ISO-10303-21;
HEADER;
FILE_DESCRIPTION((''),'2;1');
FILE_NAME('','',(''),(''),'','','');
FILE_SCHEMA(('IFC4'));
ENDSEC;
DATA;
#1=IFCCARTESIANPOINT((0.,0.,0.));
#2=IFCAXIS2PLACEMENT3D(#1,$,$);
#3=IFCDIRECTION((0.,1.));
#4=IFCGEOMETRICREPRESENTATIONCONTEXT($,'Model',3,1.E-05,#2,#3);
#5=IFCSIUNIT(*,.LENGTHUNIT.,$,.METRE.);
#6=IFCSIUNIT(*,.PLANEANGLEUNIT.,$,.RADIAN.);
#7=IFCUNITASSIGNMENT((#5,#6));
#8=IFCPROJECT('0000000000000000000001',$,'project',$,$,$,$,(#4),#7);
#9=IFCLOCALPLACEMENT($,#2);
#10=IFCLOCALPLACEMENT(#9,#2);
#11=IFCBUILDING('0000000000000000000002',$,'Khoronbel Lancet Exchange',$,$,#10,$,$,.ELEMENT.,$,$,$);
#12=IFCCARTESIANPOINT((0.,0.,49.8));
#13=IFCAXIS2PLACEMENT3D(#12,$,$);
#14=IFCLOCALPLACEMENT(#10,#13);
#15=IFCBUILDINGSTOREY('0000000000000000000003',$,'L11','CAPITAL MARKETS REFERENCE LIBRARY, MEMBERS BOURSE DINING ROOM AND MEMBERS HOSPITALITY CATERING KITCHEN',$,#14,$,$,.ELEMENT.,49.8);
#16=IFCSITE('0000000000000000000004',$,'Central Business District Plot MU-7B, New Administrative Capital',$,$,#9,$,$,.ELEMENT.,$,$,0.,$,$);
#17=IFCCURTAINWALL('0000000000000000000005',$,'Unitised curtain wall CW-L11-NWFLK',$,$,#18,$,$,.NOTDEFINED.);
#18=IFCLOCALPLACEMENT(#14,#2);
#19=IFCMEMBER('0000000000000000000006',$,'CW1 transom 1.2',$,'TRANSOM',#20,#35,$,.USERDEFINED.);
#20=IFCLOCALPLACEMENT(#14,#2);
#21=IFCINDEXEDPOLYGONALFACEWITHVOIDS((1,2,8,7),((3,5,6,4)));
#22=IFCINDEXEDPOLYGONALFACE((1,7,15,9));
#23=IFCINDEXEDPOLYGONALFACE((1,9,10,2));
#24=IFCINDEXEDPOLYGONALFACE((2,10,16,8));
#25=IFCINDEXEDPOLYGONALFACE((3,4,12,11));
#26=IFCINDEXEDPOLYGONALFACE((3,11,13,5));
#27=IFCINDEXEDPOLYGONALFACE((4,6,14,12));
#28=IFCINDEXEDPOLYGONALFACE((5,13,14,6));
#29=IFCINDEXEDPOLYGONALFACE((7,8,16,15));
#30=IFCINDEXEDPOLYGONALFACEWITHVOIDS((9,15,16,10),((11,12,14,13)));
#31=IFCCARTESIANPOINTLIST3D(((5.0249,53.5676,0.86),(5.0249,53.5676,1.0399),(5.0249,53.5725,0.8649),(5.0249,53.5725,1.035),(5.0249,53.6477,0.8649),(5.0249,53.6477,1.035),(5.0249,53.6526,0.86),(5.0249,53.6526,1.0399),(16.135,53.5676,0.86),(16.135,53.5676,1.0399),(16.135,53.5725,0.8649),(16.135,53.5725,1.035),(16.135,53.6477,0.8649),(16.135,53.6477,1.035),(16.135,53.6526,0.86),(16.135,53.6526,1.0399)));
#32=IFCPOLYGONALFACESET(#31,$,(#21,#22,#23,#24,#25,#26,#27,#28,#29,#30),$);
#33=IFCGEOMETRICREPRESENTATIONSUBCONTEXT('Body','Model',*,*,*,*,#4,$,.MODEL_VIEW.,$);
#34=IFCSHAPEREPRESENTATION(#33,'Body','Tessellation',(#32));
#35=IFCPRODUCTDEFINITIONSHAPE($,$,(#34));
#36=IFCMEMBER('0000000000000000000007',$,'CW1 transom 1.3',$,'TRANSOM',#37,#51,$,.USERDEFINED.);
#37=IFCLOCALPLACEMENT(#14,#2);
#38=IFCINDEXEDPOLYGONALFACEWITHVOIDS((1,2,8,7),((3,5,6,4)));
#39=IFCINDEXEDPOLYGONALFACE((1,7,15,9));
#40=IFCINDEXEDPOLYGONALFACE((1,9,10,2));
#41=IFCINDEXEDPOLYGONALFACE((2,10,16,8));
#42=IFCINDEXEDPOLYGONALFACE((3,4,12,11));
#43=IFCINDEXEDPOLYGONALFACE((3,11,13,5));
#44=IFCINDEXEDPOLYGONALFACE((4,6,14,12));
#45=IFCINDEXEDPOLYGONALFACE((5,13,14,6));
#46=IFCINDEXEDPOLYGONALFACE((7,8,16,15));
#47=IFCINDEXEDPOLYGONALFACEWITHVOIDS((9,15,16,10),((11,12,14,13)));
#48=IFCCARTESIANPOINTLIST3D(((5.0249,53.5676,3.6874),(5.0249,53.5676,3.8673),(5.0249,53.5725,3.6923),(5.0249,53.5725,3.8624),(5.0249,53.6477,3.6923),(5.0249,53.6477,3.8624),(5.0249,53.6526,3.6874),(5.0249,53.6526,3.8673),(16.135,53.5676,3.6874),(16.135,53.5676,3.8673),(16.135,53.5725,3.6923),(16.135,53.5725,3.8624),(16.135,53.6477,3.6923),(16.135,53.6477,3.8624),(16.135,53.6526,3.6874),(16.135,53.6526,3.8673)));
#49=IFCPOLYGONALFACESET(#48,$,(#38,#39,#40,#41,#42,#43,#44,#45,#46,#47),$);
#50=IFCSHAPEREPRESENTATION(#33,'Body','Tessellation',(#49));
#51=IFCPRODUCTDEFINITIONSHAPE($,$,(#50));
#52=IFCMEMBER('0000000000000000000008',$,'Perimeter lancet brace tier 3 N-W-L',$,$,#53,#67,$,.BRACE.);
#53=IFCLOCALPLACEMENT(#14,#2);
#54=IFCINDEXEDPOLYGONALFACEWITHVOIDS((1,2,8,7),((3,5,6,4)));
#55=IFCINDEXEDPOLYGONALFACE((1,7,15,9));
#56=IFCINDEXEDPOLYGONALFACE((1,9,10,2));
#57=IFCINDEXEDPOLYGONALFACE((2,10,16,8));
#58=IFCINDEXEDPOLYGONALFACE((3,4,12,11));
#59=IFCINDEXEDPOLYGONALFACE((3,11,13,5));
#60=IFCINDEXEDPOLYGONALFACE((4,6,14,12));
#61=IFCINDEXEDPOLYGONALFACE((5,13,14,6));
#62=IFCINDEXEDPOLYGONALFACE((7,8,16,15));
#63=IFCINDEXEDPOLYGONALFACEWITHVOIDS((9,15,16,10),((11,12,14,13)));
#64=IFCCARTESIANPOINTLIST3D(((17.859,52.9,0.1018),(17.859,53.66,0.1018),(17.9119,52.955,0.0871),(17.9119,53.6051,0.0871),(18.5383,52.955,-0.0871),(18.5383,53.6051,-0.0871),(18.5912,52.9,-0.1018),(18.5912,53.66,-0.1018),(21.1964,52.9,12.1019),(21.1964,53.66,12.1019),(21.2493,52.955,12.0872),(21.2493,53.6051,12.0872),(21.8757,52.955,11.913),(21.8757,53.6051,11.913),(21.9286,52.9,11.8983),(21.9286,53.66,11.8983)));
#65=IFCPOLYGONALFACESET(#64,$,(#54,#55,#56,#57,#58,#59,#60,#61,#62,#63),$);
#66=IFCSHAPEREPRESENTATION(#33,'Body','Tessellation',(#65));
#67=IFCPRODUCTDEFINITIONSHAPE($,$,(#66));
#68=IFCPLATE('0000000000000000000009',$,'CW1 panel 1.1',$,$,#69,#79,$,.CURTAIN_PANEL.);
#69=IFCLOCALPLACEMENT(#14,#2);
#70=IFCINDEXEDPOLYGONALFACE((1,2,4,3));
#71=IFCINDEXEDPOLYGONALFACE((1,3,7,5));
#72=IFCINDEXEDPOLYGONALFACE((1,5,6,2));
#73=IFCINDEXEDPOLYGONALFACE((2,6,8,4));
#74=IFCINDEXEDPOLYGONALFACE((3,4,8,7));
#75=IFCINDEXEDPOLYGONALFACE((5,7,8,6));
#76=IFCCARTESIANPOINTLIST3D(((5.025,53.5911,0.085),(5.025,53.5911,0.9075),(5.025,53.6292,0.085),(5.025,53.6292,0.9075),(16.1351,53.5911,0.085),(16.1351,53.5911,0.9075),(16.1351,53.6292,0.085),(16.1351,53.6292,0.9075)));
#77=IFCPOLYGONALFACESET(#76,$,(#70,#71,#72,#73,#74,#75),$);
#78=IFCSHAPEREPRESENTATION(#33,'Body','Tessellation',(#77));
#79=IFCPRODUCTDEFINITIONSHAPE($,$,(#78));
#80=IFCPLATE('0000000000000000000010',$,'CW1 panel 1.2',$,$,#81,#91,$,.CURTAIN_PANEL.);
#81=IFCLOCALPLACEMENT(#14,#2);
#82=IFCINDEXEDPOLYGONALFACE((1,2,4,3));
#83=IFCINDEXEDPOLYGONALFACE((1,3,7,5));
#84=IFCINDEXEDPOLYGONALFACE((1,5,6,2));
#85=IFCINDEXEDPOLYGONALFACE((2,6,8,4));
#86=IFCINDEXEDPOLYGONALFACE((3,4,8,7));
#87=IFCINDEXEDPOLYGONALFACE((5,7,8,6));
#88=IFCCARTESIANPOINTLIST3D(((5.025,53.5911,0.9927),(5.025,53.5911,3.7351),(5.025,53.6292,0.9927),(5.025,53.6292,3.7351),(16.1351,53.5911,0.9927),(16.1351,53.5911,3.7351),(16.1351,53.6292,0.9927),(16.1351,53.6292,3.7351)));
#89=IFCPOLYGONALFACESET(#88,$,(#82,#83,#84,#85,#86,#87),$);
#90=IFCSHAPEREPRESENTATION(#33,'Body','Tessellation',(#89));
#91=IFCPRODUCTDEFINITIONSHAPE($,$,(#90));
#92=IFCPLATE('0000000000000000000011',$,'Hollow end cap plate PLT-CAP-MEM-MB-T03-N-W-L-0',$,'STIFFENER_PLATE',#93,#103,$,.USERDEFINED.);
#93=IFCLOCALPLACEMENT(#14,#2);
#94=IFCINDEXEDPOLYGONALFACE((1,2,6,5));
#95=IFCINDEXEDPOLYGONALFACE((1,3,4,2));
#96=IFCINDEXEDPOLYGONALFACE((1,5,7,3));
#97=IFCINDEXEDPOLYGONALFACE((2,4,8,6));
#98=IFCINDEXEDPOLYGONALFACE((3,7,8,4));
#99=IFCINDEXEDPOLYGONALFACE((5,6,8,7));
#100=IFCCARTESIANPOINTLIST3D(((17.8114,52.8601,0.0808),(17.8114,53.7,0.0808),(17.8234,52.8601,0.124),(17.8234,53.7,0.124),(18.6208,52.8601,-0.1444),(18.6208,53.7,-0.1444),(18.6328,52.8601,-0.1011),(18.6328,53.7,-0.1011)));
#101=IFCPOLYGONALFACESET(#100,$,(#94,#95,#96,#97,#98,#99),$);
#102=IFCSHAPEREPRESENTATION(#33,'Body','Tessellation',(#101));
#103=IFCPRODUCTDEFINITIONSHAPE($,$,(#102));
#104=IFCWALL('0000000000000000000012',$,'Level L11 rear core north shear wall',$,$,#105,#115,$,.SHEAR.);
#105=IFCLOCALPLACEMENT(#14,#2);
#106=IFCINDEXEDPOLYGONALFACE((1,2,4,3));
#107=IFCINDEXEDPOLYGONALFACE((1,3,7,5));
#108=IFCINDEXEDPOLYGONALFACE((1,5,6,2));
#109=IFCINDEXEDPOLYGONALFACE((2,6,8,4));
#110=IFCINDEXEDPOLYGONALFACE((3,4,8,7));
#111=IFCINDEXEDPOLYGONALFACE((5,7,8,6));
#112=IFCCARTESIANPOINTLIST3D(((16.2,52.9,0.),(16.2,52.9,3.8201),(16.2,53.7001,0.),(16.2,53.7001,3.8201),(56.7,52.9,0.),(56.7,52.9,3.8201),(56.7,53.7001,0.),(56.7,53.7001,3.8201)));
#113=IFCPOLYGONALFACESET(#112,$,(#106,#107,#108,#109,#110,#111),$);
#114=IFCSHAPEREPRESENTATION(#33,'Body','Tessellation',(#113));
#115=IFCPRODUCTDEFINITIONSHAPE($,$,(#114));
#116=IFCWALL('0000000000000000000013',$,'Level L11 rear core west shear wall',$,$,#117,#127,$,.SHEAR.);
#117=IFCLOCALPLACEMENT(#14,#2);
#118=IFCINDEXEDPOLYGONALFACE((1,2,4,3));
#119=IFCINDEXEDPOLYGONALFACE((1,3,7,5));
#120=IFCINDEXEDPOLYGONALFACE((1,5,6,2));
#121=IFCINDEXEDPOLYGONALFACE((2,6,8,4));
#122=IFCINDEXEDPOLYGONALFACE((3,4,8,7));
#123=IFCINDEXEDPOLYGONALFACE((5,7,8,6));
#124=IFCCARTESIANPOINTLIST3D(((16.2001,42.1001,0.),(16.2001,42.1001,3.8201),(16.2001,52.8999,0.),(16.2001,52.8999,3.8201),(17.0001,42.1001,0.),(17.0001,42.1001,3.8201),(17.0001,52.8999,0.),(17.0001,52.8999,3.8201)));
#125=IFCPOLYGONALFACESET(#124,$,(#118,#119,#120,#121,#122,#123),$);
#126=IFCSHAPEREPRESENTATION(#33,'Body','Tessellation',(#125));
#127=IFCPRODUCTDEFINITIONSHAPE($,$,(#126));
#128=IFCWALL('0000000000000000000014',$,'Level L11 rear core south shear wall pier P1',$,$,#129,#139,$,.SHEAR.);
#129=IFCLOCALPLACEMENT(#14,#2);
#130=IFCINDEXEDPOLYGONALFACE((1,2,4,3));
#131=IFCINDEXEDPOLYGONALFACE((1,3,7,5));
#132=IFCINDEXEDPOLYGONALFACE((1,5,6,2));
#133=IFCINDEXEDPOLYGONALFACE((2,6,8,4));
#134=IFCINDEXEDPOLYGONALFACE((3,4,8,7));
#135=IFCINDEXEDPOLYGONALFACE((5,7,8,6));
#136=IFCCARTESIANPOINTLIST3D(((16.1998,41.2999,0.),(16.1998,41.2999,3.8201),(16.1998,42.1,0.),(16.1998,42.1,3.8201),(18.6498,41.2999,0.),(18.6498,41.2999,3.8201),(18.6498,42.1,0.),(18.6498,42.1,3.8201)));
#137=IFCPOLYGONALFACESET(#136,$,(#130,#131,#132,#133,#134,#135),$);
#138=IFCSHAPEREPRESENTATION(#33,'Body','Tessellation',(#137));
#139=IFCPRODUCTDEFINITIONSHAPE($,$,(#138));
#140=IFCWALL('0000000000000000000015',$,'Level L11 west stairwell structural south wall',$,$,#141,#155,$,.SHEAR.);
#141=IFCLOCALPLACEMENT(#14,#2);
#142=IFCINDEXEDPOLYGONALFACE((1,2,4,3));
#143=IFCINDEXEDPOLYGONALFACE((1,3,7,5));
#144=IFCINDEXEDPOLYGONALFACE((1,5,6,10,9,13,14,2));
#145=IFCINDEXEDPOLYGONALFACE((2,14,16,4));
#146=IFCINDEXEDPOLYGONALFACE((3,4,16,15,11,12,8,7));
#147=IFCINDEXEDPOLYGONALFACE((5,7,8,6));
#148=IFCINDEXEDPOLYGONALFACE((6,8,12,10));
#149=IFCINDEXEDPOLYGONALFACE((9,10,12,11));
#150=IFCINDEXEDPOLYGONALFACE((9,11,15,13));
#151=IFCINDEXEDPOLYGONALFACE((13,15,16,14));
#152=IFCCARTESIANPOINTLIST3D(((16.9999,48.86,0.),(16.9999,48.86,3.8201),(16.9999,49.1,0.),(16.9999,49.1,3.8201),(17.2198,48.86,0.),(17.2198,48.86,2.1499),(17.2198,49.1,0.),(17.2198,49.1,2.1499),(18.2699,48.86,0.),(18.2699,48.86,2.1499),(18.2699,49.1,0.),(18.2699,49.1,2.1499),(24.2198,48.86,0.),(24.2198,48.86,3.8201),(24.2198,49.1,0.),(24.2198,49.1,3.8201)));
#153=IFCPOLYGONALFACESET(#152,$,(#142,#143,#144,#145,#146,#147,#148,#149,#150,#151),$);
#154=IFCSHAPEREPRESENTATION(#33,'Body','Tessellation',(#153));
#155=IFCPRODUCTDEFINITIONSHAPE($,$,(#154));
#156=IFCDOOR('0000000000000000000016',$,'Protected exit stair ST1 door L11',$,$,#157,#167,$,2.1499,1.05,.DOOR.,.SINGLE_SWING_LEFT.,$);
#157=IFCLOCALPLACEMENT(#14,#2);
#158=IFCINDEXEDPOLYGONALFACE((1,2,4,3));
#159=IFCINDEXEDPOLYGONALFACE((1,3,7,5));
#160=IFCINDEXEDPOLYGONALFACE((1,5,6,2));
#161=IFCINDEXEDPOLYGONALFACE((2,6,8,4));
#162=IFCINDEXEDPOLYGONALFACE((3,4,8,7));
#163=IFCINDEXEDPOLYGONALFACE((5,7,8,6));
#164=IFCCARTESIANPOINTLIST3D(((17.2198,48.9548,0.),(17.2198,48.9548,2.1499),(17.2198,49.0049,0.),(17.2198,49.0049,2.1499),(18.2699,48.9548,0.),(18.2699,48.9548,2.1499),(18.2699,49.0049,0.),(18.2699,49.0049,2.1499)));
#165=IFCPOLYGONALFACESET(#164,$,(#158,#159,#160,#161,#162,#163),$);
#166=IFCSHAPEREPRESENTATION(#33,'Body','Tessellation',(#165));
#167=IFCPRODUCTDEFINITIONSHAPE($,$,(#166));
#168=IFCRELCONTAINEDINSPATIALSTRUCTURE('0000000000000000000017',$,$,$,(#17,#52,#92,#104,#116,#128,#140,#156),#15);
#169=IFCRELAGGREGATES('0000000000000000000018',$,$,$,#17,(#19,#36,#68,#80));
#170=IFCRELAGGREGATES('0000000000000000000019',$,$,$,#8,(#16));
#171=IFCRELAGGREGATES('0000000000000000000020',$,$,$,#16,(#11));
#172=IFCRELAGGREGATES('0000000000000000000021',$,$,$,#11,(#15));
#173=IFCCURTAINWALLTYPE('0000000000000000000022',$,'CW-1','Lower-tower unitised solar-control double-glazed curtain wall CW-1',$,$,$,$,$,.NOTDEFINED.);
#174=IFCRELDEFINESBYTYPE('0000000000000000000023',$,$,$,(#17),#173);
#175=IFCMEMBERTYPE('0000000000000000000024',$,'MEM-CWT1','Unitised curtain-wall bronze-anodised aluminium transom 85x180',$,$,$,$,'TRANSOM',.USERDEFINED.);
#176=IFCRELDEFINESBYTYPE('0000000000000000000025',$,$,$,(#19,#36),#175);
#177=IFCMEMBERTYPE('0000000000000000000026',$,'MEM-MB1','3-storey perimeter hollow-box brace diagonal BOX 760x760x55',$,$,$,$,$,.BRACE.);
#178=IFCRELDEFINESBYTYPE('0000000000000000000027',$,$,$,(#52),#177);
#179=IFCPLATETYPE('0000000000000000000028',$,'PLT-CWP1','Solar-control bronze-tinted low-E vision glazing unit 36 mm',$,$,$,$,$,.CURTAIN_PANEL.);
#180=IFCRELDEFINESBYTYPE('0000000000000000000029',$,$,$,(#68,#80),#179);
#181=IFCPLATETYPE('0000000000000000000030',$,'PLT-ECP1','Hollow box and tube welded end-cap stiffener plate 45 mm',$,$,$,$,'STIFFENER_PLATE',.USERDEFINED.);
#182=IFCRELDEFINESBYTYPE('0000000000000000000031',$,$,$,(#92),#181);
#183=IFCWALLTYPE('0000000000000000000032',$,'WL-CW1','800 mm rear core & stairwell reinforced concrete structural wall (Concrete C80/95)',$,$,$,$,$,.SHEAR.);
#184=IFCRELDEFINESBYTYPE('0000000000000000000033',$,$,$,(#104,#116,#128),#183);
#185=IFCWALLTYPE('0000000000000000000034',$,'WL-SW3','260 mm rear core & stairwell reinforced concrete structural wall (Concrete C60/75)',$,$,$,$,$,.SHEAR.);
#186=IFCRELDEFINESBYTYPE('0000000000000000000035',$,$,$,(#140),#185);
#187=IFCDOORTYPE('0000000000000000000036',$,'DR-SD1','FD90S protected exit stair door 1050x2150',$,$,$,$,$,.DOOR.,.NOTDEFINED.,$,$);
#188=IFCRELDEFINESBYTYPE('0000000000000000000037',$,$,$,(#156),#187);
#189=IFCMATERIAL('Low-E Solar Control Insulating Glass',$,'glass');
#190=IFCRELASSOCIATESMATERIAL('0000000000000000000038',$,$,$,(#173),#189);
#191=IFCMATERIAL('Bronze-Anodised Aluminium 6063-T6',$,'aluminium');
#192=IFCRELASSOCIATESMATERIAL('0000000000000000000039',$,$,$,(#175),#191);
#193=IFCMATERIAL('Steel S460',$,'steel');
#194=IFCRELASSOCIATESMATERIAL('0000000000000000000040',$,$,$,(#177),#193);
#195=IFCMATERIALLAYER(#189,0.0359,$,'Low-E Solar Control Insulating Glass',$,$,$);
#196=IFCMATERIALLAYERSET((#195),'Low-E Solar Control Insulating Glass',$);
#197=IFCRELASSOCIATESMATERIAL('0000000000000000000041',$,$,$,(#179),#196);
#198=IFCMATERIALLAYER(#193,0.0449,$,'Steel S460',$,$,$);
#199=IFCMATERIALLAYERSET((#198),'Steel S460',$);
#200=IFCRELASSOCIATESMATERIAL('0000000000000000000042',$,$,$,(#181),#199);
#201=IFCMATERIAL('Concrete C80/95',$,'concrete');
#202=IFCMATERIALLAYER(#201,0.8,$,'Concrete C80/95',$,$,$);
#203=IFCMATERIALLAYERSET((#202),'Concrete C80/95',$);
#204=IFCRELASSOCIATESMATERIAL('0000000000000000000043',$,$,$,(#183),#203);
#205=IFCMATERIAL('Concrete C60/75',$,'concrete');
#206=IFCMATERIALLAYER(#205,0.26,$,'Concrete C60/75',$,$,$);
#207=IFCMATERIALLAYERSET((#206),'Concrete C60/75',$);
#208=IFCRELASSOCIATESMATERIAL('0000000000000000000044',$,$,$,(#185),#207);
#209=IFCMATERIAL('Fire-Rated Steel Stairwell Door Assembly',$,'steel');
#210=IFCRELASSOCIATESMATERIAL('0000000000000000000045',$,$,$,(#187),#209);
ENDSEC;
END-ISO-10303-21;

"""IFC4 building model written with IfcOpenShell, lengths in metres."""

from ifc_helpers import new_model, si_unit, direction, frame, frame_2d, origin, origin_2d, place, context, subcontext, project, spatial, polyline, rectangle, hollow_rectangle, outline, extrude, material, layer, layer_set, material_profile, profile_set, type_object, element, fill, aggregate, save


model = new_model("IFC4")

# Units and contexts
model_context = context("Model", 3, precision=1e-05, world=origin(), true_north=direction((0.0, 1.0)))
body_context = subcontext(model_context, "Body", "Model", "MODEL_VIEW")
ifc_project = project(units=[si_unit("LENGTHUNIT", "METRE"), si_unit("PLANEANGLEUNIT", "RADIAN")], contexts=[model_context])

# Site, building, storey
site_placement = place(None, origin())
site = spatial("IfcSite", under=ifc_project, at=site_placement, Name="Central Business District Plot MU-7B, New Administrative Capital", CompositionType="ELEMENT", RefElevation=0.0)
building_placement = place(site_placement, origin())
building = spatial("IfcBuilding", under=site, at=building_placement, Name="Khoronbel Lancet Exchange", CompositionType="ELEMENT")
storey_placement = place(building_placement, frame((0.0, 0.0, 49.8)))
storey = spatial("IfcBuildingStorey", under=building, at=storey_placement, Name="L11", Description="CAPITAL MARKETS REFERENCE LIBRARY, MEMBERS BOURSE DINING ROOM AND MEMBERS HOSPITALITY CATERING KITCHEN", CompositionType="ELEMENT", Elevation=49.8)

# Shared definitions
ifc_material_1 = material(Name="Steel S460", Category="steel")

# Curtain wall, members
ifc_material_2 = material(Name="Low-E Solar Control Insulating Glass", Category="glass")
curtain_wall_type = type_object("IfcCurtainWallType", Name="CW-1", Description="Lower-tower unitised solar-control double-glazed curtain wall CW-1", PredefinedType="NOTDEFINED", material=ifc_material_2)
curtain_wall_placement = place(storey_placement, origin())
curtain_wall = element("IfcCurtainWall", 1, at=curtain_wall_placement, inside=storey, type_object=curtain_wall_type, Name="Unitised curtain wall CW-L11-NWFLK", PredefinedType="NOTDEFINED")
ifc_material_3 = material(Name="Bronze-Anodised Aluminium 6063-T6", Category="aluminium")
ifc_material_profile_1 = material_profile(ifc_material_3, hollow_rectangle(XDim=0.085, YDim=0.1799, WallThickness=0.0049, at=origin_2d()), Name="ALU TRANSOM 85x180")
ifc_profile_set_1 = profile_set([ifc_material_profile_1], Name="Bronze-Anodised Aluminium 6063-T6")
member_type_1 = type_object("IfcMemberType", Name="MEM-CWT1", Description="Unitised curtain-wall bronze-anodised aluminium transom 85x180", ElementType="TRANSOM", PredefinedType="USERDEFINED", material=ifc_profile_set_1)
member_1_placement = place(storey_placement, frame((16.135, 53.6101, 0.95), z_axis=(-1.0, 0.0, 0.0), x_axis=(0.0, -1.0, 0.0)))
member_1 = element("IfcMember", 2, at=member_1_placement, type_object=member_type_1, Name="CW1 transom 1.2", ObjectType="TRANSOM", PredefinedType="USERDEFINED", context=body_context, shape_type="SweptSolid", body=[
    extrude(hollow_rectangle(XDim=0.085, YDim=0.1799, WallThickness=0.0049, at=origin_2d()), origin(), (0.0, 0.0, 1.0), 11.1101),
])
member_2_placement = place(storey_placement, frame((16.135, 53.6101, 3.7773), z_axis=(-1.0, 0.0, 0.0), x_axis=(0.0, -1.0, 0.0)))
member_2 = element("IfcMember", 3, at=member_2_placement, type_object=member_type_1, Name="CW1 transom 1.3", ObjectType="TRANSOM", PredefinedType="USERDEFINED", context=body_context, shape_type="SweptSolid", body=[
    extrude(hollow_rectangle(XDim=0.085, YDim=0.1799, WallThickness=0.0049, at=origin_2d()), origin(), (0.0, 0.0, 1.0), 11.1101),
])

# Member
ifc_material_profile_2 = material_profile(ifc_material_1, hollow_rectangle(XDim=0.76, YDim=0.76, WallThickness=0.0549, at=origin_2d()), Name="BOX 760x760x55")
ifc_profile_set_2 = profile_set([ifc_material_profile_2], Name="Steel S460")
member_type_2 = type_object("IfcMemberType", Name="MEM-MB1", Description="3-storey perimeter hollow-box brace diagonal BOX 760x760x55", PredefinedType="BRACE", material=ifc_profile_set_2)
member_3_placement = place(storey_placement, frame((18.2251, 53.28, 0.0), z_axis=(0.267947, 0.0, 0.963434), x_axis=(0.0, 1.0, 0.0)))
element("IfcMember", 4, at=member_3_placement, inside=storey, type_object=member_type_2, Name="Perimeter lancet brace tier 3 N-W-L", PredefinedType="BRACE", context=body_context, shape_type="SweptSolid", body=[
    extrude(hollow_rectangle(XDim=0.76, YDim=0.76, WallThickness=0.0549, at=origin_2d()), origin(), (0.0, 0.0, 1.0), 12.4556),
])

# Plates
ifc_layer_1 = layer(ifc_material_2, 0.0359, Name="Low-E Solar Control Insulating Glass")
ifc_layer_set_1 = layer_set([ifc_layer_1], Name="Low-E Solar Control Insulating Glass")
plate_type_1 = type_object("IfcPlateType", Name="PLT-CWP1", Description="Solar-control bronze-tinted low-E vision glazing unit 36 mm", PredefinedType="CURTAIN_PANEL", material=ifc_layer_set_1)
plate_1_placement = place(storey_placement, frame((10.5801, 53.6101, 0.085), z_axis=(0.0, 0.0, 1.0), x_axis=(-1.0, 0.0, 0.0)))
plate_1 = element("IfcPlate", 5, at=plate_1_placement, type_object=plate_type_1, Name="CW1 panel 1.1", PredefinedType="CURTAIN_PANEL", context=body_context, shape_type="SweptSolid", body=[
    extrude(rectangle(XDim=11.1101, YDim=0.0381, at=origin_2d()), origin(), (0.0, 0.0, 1.0), 0.8225),
])
plate_2_placement = place(storey_placement, frame((10.5801, 53.6101, 0.9927), z_axis=(0.0, 0.0, 1.0), x_axis=(-1.0, 0.0, 0.0)))
plate_2 = element("IfcPlate", 6, at=plate_2_placement, type_object=plate_type_1, Name="CW1 panel 1.2", PredefinedType="CURTAIN_PANEL", context=body_context, shape_type="SweptSolid", body=[
    extrude(rectangle(XDim=11.1101, YDim=0.0381, at=origin_2d()), origin(), (0.0, 0.0, 1.0), 2.7424),
])
aggregate(curtain_wall, [member_1, member_2, plate_1, plate_2])
ifc_layer_2 = layer(ifc_material_1, 0.0449, Name="Steel S460")
ifc_layer_set_2 = layer_set([ifc_layer_2], Name="Steel S460")
plate_type_2 = type_object("IfcPlateType", Name="PLT-ECP1", Description="Hollow box and tube welded end-cap stiffener plate 45 mm", ElementType="STIFFENER_PLATE", PredefinedType="USERDEFINED", material=ifc_layer_set_2)
plate_3_placement = place(storey_placement, frame((18.6328, 52.8601, -0.1011), z_axis=(0.267959, 0.0, 0.96343), x_axis=(0.0, 1.0, 0.0)))
element("IfcPlate", 7, at=plate_3_placement, inside=storey, type_object=plate_type_2, Name="Hollow end cap plate PLT-CAP-MEM-MB-T03-N-W-L-0", ObjectType="STIFFENER_PLATE", PredefinedType="USERDEFINED", context=body_context, shape_type="SweptSolid", body=[
    extrude(outline(polyline([(0.0, 0.0), (0.8398, 0.0), (0.8398, 0.8401), (0.0, 0.8401), (0.0, 0.0)])), origin(), (0.0, 0.0, -1.0), 0.0449),
])

# Walls
ifc_material_4 = material(Name="Concrete C80/95", Category="concrete")
ifc_layer_3 = layer(ifc_material_4, 0.8, Name="Concrete C80/95")
ifc_layer_set_3 = layer_set([ifc_layer_3], Name="Concrete C80/95")
wall_type_1 = type_object("IfcWallType", Name="WL-CW1", Description="800 mm rear core & stairwell reinforced concrete structural wall (Concrete C80/95)", PredefinedType="SHEAR", material=ifc_layer_set_3)
wall_1_placement = place(storey_placement, frame((16.2, 53.3, 0.0), z_axis=(0.0, 0.0, 1.0), x_axis=(1.0, 0.0, 0.0)))
element("IfcWall", 8, at=wall_1_placement, inside=storey, type_object=wall_type_1, Name="Level L11 rear core north shear wall", PredefinedType="SHEAR", context=body_context, shape_type="SweptSolid", body=[
    extrude(rectangle(XDim=40.5, YDim=0.8, at=frame_2d((20.25, 0.0))), origin(), (0.0, 0.0, 1.0), 3.8201),
])
wall_2_placement = place(storey_placement, frame((16.6001, 42.1001, 0.0), z_axis=(0.0, 0.0, 1.0), x_axis=(0.0, 1.0, 0.0)))
element("IfcWall", 9, at=wall_2_placement, inside=storey, type_object=wall_type_1, Name="Level L11 rear core west shear wall", PredefinedType="SHEAR", context=body_context, shape_type="SweptSolid", body=[
    extrude(rectangle(XDim=10.7998, YDim=0.8, at=frame_2d((5.3999, 0.0))), origin(), (0.0, 0.0, 1.0), 3.8201),
])
wall_3_placement = place(storey_placement, frame((18.6499, 41.7, 0.0), z_axis=(0.0, 0.0, 1.0), x_axis=(-1.0, 0.0, 0.0)))
element("IfcWall", 10, at=wall_3_placement, inside=storey, type_object=wall_type_1, Name="Level L11 rear core south shear wall pier P1", PredefinedType="SHEAR", context=body_context, shape_type="SweptSolid", body=[
    extrude(rectangle(XDim=2.45, YDim=0.8, at=frame_2d((1.2251, 0.0))), origin(), (0.0, 0.0, 1.0), 3.8201),
])

# Wall, opening, door
ifc_material_5 = material(Name="Concrete C60/75", Category="concrete")
ifc_layer_4 = layer(ifc_material_5, 0.26, Name="Concrete C60/75")
ifc_layer_set_4 = layer_set([ifc_layer_4], Name="Concrete C60/75")
wall_type_2 = type_object("IfcWallType", Name="WL-SW3", Description="260 mm rear core & stairwell reinforced concrete structural wall (Concrete C60/75)", PredefinedType="SHEAR", material=ifc_layer_set_4)
wall_4_placement = place(storey_placement, frame((17.0, 48.98, 0.0), z_axis=(0.0, 0.0, 1.0), x_axis=(1.0, 0.0, 0.0)))
wall_4 = element("IfcWall", 11, at=wall_4_placement, inside=storey, type_object=wall_type_2, Name="Level L11 west stairwell structural south wall", PredefinedType="SHEAR", context=body_context, shape_type="SweptSolid", body=[
    extrude(rectangle(XDim=7.22, YDim=0.24, at=frame_2d((3.6099, 0.0))), origin(), (0.0, 0.0, 1.0), 3.8201),
])
opening_1_placement = place(wall_4_placement, frame((0.22, 0.0, 0.0)))
opening_1 = element("IfcOpeningElement", 12, at=opening_1_placement, cuts=wall_4, PredefinedType="OPENING", context=body_context, shape_type="SweptSolid", body=[
    extrude(rectangle(XDim=1.05, YDim=2.1499, at=frame_2d((0.5249, 1.075))), frame((0.0, 0.1299, 0.0), z_axis=(0.0, -1.0, 0.0), x_axis=(1.0, 0.0, 0.0)), (0.0, 0.0, 1.0), 0.26),
])
ifc_material_6 = material(Name="Fire-Rated Steel Stairwell Door Assembly", Category="steel")
door_type_1 = type_object("IfcDoorType", Name="DR-SD1", Description="FD90S protected exit stair door 1050x2150", OperationType="NOTDEFINED", PredefinedType="DOOR", material=ifc_material_6)
door_1_placement = place(opening_1_placement, origin())
door_1 = element("IfcDoor", 13, at=door_1_placement, inside=storey, type_object=door_type_1, Name="Protected exit stair ST1 door L11", OperationType="SINGLE_SWING_LEFT", OverallHeight=2.1499, OverallWidth=1.05, PredefinedType="DOOR", context=body_context, shape_type="SweptSolid", body=[
    extrude(rectangle(XDim=1.05, YDim=2.1499, at=frame_2d((0.5249, 1.075))), frame((0.0, 0.0249, 0.0), z_axis=(0.0, -1.0, 0.0), x_axis=(1.0, 0.0, 0.0)), (0.0, 0.0, 1.0), 0.05),
])
fill(opening_1, door_1)

save(model, "model.ifc")
